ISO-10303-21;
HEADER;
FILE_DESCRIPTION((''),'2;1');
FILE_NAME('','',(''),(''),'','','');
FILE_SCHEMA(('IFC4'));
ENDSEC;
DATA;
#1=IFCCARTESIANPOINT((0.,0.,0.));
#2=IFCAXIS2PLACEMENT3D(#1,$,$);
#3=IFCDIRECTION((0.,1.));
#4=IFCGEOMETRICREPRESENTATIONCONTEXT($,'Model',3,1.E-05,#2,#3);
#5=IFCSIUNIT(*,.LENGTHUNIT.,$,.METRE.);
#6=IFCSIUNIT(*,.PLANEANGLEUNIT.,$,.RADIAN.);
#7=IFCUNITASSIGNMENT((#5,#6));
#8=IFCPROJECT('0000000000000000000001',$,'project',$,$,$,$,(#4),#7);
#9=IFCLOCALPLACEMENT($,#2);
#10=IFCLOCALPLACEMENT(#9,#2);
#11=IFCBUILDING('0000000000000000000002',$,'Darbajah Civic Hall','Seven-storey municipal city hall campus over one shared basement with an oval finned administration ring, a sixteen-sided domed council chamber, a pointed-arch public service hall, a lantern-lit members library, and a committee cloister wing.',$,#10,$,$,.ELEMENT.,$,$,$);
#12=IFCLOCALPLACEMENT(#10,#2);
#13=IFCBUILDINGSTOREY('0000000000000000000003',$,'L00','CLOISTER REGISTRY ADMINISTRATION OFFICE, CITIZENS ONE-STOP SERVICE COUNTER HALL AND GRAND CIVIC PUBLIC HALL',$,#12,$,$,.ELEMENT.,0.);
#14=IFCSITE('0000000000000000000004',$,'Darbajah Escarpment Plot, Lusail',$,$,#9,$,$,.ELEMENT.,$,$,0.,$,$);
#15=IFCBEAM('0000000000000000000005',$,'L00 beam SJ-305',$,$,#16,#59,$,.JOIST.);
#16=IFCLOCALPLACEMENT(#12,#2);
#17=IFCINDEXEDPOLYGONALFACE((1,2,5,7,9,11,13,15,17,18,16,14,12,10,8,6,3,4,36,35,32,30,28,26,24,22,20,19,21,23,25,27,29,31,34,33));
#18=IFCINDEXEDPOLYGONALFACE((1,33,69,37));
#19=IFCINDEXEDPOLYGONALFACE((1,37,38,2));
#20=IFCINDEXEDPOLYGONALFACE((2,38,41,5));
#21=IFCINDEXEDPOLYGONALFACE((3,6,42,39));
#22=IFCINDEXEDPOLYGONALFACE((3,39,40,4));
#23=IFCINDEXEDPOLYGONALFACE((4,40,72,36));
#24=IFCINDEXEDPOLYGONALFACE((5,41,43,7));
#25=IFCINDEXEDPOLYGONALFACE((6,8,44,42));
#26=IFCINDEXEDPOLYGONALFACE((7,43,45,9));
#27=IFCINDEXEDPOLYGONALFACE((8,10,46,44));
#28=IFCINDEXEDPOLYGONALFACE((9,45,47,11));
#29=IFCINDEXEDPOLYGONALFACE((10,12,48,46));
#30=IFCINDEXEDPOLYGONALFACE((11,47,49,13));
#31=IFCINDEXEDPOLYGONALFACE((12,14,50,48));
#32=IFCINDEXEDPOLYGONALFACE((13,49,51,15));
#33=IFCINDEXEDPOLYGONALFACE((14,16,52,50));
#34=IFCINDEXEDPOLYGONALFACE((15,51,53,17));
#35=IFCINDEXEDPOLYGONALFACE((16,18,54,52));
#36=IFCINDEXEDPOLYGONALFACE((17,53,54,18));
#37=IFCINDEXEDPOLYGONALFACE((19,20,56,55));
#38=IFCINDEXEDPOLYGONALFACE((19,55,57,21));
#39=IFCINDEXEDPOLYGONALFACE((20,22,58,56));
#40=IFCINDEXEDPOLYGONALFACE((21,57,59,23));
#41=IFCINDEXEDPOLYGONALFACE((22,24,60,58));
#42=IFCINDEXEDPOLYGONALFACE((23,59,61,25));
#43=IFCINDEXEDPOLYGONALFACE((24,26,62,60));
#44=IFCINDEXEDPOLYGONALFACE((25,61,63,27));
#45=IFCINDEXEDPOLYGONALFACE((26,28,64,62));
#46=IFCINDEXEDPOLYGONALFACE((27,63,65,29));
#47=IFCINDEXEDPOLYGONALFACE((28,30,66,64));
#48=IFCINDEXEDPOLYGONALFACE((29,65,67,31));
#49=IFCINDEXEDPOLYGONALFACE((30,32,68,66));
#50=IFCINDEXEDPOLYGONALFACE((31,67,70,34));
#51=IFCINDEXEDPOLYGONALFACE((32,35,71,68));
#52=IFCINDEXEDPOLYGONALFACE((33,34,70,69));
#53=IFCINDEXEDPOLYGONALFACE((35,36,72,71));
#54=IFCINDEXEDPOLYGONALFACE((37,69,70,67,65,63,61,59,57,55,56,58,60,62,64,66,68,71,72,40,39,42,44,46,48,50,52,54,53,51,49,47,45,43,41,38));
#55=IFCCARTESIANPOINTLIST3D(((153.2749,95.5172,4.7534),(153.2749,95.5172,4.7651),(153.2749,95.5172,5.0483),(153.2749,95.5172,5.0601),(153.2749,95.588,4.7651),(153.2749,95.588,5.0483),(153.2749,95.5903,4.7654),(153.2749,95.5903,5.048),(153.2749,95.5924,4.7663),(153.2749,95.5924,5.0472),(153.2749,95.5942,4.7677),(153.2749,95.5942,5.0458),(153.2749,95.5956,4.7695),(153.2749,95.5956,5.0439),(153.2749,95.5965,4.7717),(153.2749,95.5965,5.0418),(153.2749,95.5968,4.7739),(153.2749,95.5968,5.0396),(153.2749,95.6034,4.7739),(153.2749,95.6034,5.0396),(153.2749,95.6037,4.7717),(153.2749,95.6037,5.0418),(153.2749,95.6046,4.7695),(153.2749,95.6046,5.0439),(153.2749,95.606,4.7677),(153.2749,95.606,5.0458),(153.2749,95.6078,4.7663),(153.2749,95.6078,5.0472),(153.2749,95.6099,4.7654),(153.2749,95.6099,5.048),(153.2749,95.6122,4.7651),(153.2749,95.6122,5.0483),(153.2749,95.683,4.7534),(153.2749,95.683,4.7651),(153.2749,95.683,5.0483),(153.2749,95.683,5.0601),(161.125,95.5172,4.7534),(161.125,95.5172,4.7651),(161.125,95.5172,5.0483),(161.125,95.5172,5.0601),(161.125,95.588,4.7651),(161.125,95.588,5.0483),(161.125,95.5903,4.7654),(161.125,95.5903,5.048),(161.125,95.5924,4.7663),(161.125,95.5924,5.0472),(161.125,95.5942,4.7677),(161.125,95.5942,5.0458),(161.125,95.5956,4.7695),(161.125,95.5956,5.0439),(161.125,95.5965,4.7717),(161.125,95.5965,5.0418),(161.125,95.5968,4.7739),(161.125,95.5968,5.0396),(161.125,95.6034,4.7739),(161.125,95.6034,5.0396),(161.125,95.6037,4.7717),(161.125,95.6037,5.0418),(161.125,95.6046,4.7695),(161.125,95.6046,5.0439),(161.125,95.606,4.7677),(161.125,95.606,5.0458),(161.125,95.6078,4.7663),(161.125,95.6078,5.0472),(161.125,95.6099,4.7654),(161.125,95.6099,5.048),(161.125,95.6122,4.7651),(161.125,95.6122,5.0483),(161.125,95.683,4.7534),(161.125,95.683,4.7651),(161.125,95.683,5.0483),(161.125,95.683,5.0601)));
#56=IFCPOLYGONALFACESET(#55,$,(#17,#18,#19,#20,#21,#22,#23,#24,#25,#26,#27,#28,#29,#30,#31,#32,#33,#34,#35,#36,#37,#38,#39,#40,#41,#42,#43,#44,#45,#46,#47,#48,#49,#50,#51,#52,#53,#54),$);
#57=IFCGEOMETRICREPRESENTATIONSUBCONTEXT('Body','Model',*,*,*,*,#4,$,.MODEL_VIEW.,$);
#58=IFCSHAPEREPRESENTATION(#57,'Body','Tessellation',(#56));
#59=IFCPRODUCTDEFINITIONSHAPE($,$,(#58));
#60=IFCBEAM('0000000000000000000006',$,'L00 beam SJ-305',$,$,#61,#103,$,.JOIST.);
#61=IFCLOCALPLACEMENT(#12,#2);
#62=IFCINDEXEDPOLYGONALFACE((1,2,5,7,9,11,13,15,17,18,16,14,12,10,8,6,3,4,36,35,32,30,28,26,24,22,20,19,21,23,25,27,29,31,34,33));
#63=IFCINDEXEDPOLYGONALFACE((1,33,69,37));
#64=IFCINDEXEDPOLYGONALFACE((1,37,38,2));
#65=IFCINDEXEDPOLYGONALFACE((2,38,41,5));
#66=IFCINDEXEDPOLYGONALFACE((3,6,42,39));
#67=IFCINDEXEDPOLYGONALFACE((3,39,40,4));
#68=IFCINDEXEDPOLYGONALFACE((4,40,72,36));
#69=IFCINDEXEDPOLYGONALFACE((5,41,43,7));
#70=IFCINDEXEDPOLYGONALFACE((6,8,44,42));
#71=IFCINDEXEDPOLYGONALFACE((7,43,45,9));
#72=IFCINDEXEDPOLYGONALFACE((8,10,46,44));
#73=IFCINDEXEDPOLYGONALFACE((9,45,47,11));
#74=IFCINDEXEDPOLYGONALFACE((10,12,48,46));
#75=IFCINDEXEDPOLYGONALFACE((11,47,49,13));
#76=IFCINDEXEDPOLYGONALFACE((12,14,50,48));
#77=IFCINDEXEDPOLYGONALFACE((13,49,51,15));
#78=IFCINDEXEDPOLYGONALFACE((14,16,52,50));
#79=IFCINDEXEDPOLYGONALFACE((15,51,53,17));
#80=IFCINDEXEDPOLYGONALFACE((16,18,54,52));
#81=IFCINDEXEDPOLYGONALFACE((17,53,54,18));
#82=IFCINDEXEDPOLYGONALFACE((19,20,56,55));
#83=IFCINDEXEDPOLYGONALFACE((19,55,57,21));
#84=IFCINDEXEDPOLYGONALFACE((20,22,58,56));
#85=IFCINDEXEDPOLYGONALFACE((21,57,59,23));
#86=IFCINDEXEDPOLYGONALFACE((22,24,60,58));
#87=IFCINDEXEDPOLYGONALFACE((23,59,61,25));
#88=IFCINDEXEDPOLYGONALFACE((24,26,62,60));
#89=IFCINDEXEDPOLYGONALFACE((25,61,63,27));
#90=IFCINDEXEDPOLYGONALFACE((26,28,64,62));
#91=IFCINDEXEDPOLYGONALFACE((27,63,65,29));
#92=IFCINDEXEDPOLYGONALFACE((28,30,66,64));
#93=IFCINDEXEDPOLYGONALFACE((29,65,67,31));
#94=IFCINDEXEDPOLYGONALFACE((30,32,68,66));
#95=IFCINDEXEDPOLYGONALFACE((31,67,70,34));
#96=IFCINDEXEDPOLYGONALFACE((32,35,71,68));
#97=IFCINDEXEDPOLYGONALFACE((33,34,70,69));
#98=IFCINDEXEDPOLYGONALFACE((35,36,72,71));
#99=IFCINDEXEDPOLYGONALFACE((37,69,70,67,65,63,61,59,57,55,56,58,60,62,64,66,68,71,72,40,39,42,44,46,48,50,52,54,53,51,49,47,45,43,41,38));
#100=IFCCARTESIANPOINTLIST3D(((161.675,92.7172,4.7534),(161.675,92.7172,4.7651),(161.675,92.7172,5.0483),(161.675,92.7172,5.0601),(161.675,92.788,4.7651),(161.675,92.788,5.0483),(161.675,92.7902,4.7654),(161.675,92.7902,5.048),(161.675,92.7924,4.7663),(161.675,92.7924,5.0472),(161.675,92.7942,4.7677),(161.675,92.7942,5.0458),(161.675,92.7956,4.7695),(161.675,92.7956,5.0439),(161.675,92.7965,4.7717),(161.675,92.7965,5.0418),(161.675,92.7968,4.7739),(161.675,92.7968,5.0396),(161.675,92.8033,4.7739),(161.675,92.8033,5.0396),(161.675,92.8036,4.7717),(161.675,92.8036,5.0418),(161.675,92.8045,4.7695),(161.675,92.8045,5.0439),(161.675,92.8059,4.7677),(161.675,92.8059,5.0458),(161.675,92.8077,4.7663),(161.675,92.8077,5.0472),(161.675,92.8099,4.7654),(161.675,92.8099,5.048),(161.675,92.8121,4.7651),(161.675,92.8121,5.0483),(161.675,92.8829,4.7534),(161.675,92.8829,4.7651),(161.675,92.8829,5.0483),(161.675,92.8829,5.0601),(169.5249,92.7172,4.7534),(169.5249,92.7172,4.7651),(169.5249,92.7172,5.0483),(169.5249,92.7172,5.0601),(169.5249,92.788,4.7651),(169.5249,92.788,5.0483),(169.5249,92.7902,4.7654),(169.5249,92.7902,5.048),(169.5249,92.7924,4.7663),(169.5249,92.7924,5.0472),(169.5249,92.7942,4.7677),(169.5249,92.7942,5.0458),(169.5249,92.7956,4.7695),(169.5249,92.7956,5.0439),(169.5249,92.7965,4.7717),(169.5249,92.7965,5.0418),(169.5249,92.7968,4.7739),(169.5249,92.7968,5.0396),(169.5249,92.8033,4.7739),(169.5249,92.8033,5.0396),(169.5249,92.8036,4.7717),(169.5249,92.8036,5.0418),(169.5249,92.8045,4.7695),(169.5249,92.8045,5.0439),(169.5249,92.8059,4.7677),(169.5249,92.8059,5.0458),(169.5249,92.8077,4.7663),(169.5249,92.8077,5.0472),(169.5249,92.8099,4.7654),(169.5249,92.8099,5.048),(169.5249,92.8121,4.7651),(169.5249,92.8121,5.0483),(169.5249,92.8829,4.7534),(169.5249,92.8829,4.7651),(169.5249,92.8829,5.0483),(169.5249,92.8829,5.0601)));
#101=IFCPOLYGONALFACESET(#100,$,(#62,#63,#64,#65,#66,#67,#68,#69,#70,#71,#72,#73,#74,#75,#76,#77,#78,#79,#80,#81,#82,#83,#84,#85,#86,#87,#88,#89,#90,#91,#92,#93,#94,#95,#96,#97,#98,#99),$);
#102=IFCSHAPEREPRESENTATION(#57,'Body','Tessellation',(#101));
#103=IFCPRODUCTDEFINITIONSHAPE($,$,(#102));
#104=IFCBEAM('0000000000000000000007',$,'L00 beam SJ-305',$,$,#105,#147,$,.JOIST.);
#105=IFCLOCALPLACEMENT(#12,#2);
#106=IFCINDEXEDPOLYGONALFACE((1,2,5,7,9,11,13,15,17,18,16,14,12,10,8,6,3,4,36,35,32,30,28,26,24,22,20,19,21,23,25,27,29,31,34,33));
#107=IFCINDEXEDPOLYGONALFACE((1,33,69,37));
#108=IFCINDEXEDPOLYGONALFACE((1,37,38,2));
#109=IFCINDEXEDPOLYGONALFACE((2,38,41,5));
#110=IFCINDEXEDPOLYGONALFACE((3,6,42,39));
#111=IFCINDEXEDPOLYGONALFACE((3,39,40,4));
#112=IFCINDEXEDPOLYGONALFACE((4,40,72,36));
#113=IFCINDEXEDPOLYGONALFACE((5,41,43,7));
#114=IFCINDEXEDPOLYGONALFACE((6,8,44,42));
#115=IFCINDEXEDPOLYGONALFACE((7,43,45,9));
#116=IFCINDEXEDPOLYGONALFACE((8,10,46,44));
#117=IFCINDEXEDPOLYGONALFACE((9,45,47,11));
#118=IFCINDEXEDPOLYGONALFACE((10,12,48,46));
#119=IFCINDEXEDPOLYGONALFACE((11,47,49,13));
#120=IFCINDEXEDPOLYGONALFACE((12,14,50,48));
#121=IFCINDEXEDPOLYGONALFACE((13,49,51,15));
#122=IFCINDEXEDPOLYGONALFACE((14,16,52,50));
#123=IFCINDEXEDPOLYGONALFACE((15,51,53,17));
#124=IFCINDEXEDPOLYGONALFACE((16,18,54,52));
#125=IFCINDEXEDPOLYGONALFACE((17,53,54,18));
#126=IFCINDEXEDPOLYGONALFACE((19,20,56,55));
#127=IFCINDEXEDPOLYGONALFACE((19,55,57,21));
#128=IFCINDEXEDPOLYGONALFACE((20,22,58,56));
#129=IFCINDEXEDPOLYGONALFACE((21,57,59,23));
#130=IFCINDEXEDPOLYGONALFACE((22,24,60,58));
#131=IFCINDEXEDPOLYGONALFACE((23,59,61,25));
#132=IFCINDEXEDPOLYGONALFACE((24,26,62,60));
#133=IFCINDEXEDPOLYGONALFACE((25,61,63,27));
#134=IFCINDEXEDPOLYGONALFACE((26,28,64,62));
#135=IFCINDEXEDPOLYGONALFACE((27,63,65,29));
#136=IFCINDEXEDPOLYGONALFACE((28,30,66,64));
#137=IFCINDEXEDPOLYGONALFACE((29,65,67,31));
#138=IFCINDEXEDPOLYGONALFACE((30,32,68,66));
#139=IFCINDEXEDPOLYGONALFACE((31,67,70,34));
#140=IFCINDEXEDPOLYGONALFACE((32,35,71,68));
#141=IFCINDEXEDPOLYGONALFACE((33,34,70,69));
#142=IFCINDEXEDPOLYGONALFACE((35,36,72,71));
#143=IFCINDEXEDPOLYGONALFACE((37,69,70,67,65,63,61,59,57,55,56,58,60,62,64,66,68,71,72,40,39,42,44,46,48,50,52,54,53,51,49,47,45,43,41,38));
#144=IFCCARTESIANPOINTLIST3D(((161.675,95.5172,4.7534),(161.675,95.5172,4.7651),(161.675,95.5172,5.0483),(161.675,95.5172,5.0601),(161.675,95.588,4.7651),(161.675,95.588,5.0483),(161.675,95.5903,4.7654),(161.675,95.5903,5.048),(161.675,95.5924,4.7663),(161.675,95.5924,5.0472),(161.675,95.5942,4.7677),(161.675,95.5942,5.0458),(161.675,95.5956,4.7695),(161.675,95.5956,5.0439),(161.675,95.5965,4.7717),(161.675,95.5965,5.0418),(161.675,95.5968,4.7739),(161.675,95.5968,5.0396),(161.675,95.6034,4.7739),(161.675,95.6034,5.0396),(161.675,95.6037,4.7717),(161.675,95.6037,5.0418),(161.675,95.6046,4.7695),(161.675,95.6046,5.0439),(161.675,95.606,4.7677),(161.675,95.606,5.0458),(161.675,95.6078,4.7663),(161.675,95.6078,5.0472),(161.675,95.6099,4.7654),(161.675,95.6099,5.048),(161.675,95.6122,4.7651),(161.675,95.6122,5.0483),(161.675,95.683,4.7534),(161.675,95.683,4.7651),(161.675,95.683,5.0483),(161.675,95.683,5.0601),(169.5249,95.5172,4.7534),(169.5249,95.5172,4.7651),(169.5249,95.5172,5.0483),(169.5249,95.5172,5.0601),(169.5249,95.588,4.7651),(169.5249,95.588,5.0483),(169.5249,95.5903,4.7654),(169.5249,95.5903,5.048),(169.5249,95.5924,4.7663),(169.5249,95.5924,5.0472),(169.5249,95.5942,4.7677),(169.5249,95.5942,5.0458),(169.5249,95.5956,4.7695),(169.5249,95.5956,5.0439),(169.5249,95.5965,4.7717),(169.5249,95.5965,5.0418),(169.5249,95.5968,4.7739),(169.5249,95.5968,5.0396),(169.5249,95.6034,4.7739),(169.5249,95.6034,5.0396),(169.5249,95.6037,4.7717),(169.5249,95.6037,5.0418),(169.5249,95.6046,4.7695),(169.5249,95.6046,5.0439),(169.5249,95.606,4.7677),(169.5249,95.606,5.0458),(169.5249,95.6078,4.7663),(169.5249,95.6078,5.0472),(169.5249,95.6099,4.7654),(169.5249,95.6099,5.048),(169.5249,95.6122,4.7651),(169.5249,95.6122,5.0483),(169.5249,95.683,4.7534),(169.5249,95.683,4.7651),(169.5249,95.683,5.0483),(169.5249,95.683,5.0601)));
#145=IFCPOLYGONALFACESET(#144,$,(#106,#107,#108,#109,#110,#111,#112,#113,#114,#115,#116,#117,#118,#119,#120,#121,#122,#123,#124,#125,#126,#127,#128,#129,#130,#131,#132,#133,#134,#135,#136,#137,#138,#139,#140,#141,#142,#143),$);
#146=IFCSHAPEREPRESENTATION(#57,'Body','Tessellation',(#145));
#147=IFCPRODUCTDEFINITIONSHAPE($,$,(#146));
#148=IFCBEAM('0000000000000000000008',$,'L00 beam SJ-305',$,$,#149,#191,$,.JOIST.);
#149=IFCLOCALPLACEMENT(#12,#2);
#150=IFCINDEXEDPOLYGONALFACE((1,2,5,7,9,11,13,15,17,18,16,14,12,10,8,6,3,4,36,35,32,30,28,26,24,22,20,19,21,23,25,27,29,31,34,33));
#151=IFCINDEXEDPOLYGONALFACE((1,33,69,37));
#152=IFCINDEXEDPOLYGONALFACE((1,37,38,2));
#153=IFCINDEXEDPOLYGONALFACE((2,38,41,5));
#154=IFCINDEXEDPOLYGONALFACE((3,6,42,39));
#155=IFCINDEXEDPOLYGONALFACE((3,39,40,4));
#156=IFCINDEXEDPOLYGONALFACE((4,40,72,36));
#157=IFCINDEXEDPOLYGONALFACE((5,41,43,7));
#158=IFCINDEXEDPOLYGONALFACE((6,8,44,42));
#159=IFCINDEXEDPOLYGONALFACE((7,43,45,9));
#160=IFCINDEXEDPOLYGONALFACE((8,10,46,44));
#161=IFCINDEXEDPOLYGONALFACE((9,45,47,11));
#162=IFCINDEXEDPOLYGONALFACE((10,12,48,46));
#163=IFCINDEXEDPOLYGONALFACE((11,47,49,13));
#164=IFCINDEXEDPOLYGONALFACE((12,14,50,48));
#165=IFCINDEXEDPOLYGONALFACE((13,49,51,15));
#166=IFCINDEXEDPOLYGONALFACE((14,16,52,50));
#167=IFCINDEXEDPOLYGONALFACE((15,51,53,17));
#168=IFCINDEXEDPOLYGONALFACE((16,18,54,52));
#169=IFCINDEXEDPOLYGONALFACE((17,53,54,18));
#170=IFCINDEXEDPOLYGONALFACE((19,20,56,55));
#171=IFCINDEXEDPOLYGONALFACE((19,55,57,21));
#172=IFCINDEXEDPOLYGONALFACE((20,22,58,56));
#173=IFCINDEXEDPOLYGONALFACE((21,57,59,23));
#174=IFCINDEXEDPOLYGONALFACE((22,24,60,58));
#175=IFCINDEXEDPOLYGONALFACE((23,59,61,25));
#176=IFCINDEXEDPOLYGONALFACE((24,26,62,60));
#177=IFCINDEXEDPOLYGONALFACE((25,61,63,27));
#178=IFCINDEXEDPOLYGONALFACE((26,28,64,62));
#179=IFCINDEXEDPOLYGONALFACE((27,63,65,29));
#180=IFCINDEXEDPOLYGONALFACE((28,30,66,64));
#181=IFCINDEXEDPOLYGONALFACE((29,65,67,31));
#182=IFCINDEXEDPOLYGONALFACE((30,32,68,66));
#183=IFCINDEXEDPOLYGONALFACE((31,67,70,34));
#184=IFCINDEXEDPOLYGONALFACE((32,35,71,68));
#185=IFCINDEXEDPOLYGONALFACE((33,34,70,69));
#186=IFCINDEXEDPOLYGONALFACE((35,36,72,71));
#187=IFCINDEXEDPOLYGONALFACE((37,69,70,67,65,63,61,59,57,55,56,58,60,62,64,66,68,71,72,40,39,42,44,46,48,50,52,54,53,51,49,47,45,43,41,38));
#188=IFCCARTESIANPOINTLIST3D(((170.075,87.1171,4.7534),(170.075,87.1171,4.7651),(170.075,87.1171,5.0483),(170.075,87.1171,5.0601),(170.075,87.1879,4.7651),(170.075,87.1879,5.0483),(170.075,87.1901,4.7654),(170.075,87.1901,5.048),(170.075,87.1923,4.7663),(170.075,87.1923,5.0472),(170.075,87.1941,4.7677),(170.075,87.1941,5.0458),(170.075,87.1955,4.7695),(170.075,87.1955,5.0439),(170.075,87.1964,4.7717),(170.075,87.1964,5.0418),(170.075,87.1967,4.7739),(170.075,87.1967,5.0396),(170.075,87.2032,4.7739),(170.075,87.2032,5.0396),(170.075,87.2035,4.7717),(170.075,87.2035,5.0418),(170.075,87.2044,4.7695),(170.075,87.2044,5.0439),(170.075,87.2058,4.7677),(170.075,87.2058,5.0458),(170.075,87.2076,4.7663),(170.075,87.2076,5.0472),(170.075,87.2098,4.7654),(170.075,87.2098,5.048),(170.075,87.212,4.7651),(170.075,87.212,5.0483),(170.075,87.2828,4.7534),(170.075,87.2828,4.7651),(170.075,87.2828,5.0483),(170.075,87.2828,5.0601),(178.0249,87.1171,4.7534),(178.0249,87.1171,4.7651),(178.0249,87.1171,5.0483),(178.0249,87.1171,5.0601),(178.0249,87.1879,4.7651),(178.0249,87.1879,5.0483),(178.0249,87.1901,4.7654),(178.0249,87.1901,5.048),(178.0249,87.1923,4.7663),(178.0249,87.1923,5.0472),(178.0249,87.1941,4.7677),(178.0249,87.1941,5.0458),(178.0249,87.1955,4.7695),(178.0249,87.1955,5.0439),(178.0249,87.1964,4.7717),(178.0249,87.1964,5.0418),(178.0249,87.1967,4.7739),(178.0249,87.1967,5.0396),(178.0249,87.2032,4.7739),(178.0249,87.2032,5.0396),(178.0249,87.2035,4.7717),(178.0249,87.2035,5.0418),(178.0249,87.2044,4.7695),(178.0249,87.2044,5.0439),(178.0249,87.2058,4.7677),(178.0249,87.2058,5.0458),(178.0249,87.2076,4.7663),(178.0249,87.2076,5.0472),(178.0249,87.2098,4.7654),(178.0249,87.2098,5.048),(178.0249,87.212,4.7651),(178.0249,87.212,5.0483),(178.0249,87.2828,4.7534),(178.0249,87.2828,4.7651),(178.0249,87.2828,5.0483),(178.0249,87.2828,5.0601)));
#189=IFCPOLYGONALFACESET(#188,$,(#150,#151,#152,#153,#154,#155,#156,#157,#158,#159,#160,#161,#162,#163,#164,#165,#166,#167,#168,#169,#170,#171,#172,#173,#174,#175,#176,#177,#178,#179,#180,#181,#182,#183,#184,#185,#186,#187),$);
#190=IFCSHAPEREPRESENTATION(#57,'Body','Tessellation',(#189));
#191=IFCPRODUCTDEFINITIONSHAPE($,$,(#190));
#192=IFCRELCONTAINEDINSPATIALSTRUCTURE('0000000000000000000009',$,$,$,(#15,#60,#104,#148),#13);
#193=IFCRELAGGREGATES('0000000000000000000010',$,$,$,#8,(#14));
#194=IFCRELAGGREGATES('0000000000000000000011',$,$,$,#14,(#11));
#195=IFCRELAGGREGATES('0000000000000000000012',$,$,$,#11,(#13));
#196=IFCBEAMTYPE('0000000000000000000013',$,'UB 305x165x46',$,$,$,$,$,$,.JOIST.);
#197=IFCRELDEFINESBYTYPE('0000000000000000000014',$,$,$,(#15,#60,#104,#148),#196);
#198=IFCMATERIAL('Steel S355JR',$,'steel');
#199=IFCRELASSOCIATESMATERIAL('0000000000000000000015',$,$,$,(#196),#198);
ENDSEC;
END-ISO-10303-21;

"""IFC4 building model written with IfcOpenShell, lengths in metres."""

from ifc_helpers import new_model, si_unit, direction, frame, origin, origin_2d, place, context, subcontext, project, spatial, i_section, extrude, material, material_profile, profile_set, type_object, element, save


model = new_model("IFC4")

# Units and contexts
model_context = context("Model", 3, precision=1e-05, world=origin(), true_north=direction((0.0, 1.0)))
body_context = subcontext(model_context, "Body", "Model", "MODEL_VIEW")
ifc_project = project(units=[si_unit("LENGTHUNIT", "METRE"), si_unit("PLANEANGLEUNIT", "RADIAN")], contexts=[model_context])

# Site, building, storey
site_placement = place(None, origin())
site = spatial("IfcSite", under=ifc_project, at=site_placement, Name="Darbajah Escarpment Plot, Lusail", CompositionType="ELEMENT", RefElevation=0.0)
building_placement = place(site_placement, origin())
building = spatial("IfcBuilding", under=site, at=building_placement, Name="Darbajah Civic Hall", Description="Seven-storey municipal city hall campus over one shared basement with an oval finned administration ring, a sixteen-sided domed council chamber, a pointed-arch public service hall, a lantern-lit members library, and a committee cloister wing.", CompositionType="ELEMENT")
storey_placement = place(building_placement, origin())
storey = spatial("IfcBuildingStorey", under=building, at=storey_placement, Name="L00", Description="CLOISTER REGISTRY ADMINISTRATION OFFICE, CITIZENS ONE-STOP SERVICE COUNTER HALL AND GRAND CIVIC PUBLIC HALL", CompositionType="ELEMENT", Elevation=0.0)

# Beams
ifc_material_1 = material(Name="Steel S355JR", Category="steel")
ifc_material_profile_1 = material_profile(ifc_material_1, i_section(OverallWidth=0.1658, OverallDepth=0.3066, WebThickness=0.0066, FlangeThickness=0.0117, FilletRadius=0.0088, at=origin_2d()), Name="UB 305x165x46")
ifc_profile_set_1 = profile_set([ifc_material_profile_1], Name="Steel S355JR")
beam_type_1 = type_object("IfcBeamType", Name="UB 305x165x46", PredefinedType="JOIST", material=ifc_profile_set_1)
beam_1_placement = place(storey_placement, frame((153.2749, 95.6001, 4.9067), z_axis=(1.0, 0.0, 0.0), x_axis=(0.0, 1.0, 0.0)))
element("IfcBeam", 1, at=beam_1_placement, inside=storey, type_object=beam_type_1, Name="L00 beam SJ-305", PredefinedType="JOIST", context=body_context, shape_type="SweptSolid", body=[
    extrude(i_section(OverallWidth=0.1658, OverallDepth=0.3066, WebThickness=0.0066, FlangeThickness=0.0117, FilletRadius=0.0088, at=origin_2d()), origin(), (0.0, 0.0, 1.0), 7.8501),
])
for number, where, z_axis, x_axis, name in (
    (2, (161.675, 92.8, 4.9067), (1.0, 0.0, 0.0), (0.0, 1.0, 0.0), "L00 beam SJ-305"),
    (3, (161.675, 95.6001, 4.9067), (1.0, 0.0, 0.0), (0.0, 1.0, 0.0), "L00 beam SJ-305"),
):
    element("IfcBeam", number, at=place(storey_placement, frame(where, z_axis=z_axis, x_axis=x_axis)), inside=storey, type_object=beam_type_1, Name=name, PredefinedType="JOIST", context=body_context, shape_type="SweptSolid", body=[
        extrude(i_section(OverallWidth=0.1658, OverallDepth=0.3066, WebThickness=0.0066, FlangeThickness=0.0117, FilletRadius=0.0088, at=origin_2d()), origin(), (0.0, 0.0, 1.0), 7.8499),
    ])
for number, where, z_axis, x_axis, name in (
    (4, (170.075, 87.2, 4.9067), (1.0, 0.0, 0.0), (0.0, 1.0, 0.0), "L00 beam SJ-305"),
):
    element("IfcBeam", number, at=place(storey_placement, frame(where, z_axis=z_axis, x_axis=x_axis)), inside=storey, type_object=beam_type_1, Name=name, PredefinedType="JOIST", context=body_context, shape_type="SweptSolid", body=[
        extrude(i_section(OverallWidth=0.1658, OverallDepth=0.3066, WebThickness=0.0066, FlangeThickness=0.0117, FilletRadius=0.0088, at=origin_2d()), origin(), (0.0, 0.0, 1.0), 7.95),
    ])

save(model, "model.ifc")
